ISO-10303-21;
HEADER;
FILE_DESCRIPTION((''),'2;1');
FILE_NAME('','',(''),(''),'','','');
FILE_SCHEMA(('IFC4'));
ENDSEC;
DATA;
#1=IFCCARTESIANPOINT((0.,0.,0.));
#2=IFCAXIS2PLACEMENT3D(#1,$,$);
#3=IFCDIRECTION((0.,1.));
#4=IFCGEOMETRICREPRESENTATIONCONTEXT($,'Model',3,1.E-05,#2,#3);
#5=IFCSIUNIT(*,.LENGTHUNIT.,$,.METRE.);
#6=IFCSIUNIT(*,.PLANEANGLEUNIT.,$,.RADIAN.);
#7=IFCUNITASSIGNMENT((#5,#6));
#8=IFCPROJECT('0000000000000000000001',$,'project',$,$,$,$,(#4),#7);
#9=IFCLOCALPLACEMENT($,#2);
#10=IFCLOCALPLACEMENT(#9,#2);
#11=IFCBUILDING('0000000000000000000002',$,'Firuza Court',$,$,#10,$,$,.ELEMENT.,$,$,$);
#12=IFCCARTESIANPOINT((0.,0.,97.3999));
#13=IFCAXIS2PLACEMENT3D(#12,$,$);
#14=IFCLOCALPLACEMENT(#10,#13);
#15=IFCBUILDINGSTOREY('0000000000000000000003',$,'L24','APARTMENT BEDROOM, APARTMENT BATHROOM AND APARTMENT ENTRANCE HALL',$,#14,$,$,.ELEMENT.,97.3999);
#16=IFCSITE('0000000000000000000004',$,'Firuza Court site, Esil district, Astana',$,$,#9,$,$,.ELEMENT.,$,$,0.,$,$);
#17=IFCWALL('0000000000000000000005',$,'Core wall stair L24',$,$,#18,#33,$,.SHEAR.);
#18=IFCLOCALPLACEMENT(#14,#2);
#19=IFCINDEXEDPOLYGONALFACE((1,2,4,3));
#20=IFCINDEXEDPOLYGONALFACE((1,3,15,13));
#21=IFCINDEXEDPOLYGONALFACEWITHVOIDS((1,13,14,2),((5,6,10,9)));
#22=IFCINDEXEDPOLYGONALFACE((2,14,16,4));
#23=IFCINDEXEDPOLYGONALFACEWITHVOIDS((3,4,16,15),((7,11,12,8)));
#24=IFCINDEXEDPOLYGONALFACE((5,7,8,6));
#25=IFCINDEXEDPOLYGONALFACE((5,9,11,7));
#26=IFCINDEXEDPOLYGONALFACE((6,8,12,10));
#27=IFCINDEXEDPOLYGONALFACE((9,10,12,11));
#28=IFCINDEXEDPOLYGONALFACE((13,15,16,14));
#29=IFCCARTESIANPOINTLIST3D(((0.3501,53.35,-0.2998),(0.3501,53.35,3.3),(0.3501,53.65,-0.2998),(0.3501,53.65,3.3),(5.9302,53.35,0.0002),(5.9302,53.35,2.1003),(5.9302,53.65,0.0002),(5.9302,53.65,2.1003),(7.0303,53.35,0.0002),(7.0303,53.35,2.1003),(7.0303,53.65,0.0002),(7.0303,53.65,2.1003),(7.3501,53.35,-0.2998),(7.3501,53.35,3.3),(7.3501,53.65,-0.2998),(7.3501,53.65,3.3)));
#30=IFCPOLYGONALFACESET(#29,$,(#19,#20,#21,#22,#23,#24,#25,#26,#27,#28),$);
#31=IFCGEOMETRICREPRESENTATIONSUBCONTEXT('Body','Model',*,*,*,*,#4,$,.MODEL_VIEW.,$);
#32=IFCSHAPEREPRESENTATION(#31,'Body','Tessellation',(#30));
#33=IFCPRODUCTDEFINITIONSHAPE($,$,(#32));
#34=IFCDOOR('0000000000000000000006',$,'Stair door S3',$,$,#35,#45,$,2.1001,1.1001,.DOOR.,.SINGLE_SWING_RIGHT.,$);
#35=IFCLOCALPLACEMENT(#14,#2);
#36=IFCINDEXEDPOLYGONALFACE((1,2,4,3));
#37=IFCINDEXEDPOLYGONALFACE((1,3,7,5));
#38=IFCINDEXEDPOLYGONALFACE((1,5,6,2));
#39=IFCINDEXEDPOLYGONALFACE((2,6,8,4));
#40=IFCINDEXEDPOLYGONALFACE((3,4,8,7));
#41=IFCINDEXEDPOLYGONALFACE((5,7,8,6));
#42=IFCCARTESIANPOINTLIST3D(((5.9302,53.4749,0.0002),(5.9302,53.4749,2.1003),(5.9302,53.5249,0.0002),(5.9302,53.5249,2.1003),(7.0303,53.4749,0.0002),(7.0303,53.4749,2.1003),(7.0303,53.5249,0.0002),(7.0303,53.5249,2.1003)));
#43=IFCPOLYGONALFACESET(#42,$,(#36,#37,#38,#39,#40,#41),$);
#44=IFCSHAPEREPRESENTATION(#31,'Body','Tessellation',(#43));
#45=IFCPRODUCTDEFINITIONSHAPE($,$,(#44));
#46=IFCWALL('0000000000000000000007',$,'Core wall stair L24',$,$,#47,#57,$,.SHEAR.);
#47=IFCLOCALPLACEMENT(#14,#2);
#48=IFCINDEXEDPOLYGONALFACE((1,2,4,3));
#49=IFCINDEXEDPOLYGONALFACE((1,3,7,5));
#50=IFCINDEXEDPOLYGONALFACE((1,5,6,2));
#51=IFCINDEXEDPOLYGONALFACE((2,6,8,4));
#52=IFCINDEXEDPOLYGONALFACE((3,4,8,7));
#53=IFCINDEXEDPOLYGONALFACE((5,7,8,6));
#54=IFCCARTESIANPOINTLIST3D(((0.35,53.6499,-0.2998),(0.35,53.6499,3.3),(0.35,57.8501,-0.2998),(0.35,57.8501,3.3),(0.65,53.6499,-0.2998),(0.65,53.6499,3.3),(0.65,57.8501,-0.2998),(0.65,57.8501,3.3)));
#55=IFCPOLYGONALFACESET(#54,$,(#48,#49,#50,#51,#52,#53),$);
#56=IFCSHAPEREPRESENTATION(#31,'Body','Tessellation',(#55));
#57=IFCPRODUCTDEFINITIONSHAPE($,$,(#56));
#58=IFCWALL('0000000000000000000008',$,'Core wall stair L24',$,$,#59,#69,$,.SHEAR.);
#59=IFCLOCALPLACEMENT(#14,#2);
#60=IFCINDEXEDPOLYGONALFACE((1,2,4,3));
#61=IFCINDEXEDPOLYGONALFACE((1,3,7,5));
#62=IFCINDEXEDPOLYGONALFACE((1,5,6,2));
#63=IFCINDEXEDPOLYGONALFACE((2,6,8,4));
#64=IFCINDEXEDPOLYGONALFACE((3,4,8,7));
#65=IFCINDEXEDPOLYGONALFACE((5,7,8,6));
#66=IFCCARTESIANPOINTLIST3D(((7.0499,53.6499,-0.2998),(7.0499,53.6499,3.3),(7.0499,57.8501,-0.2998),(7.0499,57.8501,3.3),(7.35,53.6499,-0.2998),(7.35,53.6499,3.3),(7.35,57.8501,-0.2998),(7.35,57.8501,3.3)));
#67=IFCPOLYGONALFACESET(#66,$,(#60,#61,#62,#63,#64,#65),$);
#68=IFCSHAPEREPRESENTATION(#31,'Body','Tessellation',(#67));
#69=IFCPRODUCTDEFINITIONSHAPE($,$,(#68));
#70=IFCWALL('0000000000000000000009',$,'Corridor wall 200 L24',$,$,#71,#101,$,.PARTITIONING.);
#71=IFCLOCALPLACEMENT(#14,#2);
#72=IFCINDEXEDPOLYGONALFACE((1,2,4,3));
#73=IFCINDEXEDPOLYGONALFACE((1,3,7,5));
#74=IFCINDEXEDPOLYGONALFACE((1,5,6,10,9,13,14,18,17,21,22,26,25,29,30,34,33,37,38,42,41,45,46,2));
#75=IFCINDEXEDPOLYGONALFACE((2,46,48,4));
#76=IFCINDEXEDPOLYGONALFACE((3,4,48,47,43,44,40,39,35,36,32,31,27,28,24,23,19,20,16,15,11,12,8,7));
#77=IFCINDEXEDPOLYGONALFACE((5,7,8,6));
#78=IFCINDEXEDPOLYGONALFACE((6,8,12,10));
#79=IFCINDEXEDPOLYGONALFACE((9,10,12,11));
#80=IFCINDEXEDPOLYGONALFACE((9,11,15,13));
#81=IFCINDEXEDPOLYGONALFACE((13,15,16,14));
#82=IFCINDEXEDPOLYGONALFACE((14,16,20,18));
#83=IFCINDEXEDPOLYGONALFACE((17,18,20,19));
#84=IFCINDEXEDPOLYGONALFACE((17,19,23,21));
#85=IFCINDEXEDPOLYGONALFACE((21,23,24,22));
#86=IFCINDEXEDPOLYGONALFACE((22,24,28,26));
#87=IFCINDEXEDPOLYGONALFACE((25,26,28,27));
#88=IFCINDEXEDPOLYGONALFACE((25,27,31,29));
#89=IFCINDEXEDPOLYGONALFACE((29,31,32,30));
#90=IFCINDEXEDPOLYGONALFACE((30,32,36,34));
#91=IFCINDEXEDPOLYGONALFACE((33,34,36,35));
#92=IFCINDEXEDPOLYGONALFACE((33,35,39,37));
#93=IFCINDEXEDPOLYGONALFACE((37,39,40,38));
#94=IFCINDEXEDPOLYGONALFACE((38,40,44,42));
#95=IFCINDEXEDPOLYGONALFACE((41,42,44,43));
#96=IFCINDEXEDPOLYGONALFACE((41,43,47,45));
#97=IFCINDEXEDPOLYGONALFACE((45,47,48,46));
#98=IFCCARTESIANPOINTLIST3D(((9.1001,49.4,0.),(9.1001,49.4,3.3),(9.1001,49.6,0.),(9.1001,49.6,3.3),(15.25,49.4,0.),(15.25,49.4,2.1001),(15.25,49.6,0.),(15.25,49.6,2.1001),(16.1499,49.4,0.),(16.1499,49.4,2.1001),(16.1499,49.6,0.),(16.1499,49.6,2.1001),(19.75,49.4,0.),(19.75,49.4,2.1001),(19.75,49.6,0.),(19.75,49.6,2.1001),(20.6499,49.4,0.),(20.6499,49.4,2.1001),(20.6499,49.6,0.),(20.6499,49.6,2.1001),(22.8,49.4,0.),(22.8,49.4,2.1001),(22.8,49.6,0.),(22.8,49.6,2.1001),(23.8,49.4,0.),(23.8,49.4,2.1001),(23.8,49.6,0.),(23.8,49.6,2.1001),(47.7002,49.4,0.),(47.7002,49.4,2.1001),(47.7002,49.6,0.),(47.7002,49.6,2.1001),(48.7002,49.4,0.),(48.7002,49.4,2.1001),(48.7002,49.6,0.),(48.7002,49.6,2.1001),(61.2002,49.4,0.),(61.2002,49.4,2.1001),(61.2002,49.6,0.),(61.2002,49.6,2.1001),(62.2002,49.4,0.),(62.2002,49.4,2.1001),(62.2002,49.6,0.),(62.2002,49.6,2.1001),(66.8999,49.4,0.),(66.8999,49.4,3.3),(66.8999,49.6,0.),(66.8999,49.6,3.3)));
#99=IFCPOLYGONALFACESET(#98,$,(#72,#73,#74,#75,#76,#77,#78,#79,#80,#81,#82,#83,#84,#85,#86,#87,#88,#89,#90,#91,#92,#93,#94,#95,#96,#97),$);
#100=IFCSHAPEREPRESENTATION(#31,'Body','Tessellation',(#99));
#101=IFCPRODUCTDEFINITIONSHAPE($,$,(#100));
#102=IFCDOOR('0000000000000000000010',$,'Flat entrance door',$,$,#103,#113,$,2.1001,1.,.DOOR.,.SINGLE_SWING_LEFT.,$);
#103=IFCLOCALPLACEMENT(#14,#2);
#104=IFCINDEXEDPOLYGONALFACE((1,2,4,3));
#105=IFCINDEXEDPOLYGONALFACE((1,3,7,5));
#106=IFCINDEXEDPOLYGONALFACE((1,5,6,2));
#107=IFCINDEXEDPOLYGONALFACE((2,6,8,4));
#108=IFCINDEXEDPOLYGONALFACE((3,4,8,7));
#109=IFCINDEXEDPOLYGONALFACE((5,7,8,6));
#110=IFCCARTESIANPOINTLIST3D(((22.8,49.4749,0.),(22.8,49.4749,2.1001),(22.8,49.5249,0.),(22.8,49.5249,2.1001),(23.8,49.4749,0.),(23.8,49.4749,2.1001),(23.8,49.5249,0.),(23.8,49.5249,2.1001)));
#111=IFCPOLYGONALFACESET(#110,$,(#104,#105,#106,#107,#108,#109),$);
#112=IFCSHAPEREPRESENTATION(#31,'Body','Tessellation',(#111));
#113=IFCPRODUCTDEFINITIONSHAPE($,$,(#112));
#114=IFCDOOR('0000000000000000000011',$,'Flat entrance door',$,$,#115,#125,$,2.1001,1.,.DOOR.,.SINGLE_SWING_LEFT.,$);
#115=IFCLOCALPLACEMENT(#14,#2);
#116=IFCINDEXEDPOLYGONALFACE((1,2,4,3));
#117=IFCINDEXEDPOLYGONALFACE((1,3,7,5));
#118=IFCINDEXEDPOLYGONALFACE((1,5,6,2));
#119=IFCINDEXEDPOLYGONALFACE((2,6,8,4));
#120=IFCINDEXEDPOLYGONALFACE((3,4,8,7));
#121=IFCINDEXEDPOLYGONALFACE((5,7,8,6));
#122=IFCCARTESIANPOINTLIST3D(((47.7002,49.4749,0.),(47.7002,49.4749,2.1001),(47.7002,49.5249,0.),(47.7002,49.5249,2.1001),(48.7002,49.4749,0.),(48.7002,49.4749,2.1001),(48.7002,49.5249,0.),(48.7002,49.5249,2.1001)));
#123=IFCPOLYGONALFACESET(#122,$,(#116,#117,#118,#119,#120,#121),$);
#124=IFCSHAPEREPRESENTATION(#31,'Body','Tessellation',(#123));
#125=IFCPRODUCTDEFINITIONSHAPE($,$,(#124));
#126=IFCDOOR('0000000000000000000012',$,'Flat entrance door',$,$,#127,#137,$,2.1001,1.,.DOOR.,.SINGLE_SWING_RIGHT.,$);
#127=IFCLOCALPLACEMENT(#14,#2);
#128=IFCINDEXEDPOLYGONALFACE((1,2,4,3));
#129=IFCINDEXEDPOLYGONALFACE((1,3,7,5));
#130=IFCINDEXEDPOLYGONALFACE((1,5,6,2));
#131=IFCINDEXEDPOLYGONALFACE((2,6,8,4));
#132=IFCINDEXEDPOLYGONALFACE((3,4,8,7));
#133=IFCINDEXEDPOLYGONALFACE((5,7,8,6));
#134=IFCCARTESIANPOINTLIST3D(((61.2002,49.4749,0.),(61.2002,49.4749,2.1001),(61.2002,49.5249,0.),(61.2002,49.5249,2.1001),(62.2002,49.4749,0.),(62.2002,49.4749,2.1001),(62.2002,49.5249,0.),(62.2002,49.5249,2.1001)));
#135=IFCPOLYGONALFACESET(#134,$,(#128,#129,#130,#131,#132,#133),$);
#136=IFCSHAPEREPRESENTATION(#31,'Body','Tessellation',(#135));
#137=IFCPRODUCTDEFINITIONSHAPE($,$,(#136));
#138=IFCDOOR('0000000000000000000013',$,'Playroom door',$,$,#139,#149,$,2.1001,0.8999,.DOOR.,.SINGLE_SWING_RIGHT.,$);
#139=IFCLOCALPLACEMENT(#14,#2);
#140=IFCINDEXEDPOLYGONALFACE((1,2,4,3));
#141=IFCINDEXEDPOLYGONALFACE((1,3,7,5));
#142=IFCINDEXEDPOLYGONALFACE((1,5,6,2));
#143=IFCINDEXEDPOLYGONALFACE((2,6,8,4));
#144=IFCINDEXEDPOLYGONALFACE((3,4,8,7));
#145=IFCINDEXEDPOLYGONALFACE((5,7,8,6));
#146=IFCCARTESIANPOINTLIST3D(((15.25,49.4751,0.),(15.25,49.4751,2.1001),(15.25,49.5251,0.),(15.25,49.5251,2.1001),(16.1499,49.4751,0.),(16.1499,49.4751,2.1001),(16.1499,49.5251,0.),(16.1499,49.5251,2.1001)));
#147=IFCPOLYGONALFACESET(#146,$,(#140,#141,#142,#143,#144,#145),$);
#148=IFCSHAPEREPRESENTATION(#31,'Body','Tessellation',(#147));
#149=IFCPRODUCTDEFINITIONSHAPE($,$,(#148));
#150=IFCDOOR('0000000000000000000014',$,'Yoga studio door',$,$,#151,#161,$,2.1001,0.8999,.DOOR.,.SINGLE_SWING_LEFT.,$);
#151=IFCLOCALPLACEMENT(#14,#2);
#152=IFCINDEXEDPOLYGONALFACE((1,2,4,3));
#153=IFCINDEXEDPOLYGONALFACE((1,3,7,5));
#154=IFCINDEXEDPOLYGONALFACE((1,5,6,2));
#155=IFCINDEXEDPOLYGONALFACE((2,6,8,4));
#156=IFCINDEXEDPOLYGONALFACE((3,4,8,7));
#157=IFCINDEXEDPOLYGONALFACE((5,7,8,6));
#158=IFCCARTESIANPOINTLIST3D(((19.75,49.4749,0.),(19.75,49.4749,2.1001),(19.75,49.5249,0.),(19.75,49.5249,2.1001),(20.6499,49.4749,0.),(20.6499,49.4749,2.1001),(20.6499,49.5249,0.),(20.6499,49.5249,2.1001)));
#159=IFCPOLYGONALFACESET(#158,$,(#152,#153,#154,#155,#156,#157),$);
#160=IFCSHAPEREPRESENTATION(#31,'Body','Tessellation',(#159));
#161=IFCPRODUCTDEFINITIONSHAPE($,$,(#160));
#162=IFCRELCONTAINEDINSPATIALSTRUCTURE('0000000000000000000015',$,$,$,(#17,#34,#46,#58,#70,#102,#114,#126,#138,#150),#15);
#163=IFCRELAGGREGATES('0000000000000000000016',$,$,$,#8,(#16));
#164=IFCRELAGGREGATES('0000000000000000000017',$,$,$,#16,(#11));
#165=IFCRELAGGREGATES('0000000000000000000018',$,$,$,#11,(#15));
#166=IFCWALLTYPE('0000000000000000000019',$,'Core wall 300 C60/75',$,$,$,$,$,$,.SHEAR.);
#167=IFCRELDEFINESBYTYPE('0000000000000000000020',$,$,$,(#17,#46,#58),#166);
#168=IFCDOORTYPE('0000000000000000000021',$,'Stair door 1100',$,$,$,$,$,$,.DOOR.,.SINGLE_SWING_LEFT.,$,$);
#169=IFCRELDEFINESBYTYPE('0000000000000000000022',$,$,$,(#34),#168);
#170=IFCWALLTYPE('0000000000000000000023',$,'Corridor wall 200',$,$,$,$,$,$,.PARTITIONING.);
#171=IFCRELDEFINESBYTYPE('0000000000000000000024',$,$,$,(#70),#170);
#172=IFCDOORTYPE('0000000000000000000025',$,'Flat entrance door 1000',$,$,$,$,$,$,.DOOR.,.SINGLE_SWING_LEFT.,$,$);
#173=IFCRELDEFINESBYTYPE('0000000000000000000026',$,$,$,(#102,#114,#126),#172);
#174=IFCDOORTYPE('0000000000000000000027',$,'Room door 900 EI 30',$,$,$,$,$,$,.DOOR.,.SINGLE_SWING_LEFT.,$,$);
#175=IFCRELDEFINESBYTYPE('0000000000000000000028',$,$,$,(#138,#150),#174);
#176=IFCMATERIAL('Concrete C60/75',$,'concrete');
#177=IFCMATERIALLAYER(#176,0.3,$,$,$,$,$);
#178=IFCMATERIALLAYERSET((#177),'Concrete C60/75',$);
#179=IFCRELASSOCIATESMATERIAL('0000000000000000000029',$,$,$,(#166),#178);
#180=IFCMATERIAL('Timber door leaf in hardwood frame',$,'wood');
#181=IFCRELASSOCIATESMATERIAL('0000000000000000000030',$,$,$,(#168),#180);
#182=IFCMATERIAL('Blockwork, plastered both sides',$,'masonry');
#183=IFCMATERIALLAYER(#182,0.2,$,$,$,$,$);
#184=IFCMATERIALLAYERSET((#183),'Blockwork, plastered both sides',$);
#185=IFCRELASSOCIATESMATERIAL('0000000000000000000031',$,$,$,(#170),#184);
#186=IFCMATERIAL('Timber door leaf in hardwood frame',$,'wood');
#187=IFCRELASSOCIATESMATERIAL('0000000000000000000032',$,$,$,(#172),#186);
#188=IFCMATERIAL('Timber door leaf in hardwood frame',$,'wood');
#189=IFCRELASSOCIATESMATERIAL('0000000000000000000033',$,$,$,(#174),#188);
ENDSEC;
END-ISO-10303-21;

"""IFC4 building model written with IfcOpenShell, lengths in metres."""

from ifc_helpers import new_model, si_unit, direction, frame, frame_2d, origin, place, context, subcontext, project, spatial, rectangle, extrude, material, layer, layer_set, type_object, element, fill, save


model = new_model("IFC4")

# Units and contexts
model_context = context("Model", 3, precision=1e-05, world=origin(), true_north=direction((0.0, 1.0)))
body_context = subcontext(model_context, "Body", "Model", "MODEL_VIEW")
ifc_project = project(units=[si_unit("LENGTHUNIT", "METRE"), si_unit("PLANEANGLEUNIT", "RADIAN")], contexts=[model_context])

# Site, building, storey
site_placement = place(None, origin())
site = spatial("IfcSite", under=ifc_project, at=site_placement, Name="Firuza Court site, Esil district, Astana", CompositionType="ELEMENT", RefElevation=0.0)
building_placement = place(site_placement, origin())
building = spatial("IfcBuilding", under=site, at=building_placement, Name="Firuza Court", CompositionType="ELEMENT")
storey_placement = place(building_placement, frame((0.0, 0.0, 97.3999)))
storey = spatial("IfcBuildingStorey", under=building, at=storey_placement, Name="L24", Description="APARTMENT BEDROOM, APARTMENT BATHROOM AND APARTMENT ENTRANCE HALL", CompositionType="ELEMENT", Elevation=97.3999)

# Wall, opening, door
ifc_material_1 = material(Name="Concrete C60/75", Category="concrete")
ifc_layer_1 = layer(ifc_material_1, 0.3)
ifc_layer_set_1 = layer_set([ifc_layer_1], Name="Concrete C60/75")
wall_type_1 = type_object("IfcWallType", Name="Core wall 300 C60/75", PredefinedType="SHEAR", material=ifc_layer_set_1)
wall_1_placement = place(storey_placement, frame((0.3501, 53.5, -0.2998), z_axis=(0.0, 0.0, 1.0), x_axis=(1.0, 0.0, 0.0)))
wall_1 = element("IfcWall", 1, at=wall_1_placement, inside=storey, type_object=wall_type_1, Name="Core wall stair L24", PredefinedType="SHEAR", context=body_context, shape_type="SweptSolid", body=[
    extrude(rectangle(XDim=7.0, YDim=0.3, at=frame_2d((3.5, 0.0))), origin(), (0.0, 0.0, 1.0), 3.5999),
])
opening_1_placement = place(wall_1_placement, frame((5.5801, 0.0, 0.3)))
opening_1 = element("IfcOpeningElement", 2, at=opening_1_placement, cuts=wall_1, PredefinedType="OPENING", context=body_context, shape_type="SweptSolid", body=[
    extrude(rectangle(XDim=1.1001, YDim=2.1001, at=frame_2d((0.55, 1.05))), frame((0.0, 0.1621, 0.0), z_axis=(0.0, -1.0, 0.0), x_axis=(1.0, 0.0, 0.0)), (0.0, 0.0, 1.0), 0.324),
])
ifc_material_2 = material(Name="Timber door leaf in hardwood frame", Category="wood")
door_type_1 = type_object("IfcDoorType", Name="Stair door 1100", OperationType="SINGLE_SWING_LEFT", PredefinedType="DOOR", material=ifc_material_2)
door_1_placement = place(opening_1_placement, origin())
door_1 = element("IfcDoor", 3, at=door_1_placement, inside=storey, type_object=door_type_1, Name="Stair door S3", OperationType="SINGLE_SWING_RIGHT", OverallHeight=2.1001, OverallWidth=1.1001, PredefinedType="DOOR", context=body_context, shape_type="SweptSolid", body=[
    extrude(rectangle(XDim=1.1001, YDim=2.1001, at=frame_2d((0.55, 1.05))), frame((0.0, 0.0249, 0.0), z_axis=(0.0, -1.0, 0.0), x_axis=(1.0, 0.0, 0.0)), (0.0, 0.0, 1.0), 0.05),
])
fill(opening_1, door_1)

# Walls
for number, where, z_axis, x_axis, name in (
    (4, (0.5, 53.6499, -0.2998), (0.0, 0.0, 1.0), (0.0, 1.0, 0.0), "Core wall stair L24"),
    (5, (7.2, 53.6499, -0.2998), (0.0, 0.0, 1.0), (0.0, 1.0, 0.0), "Core wall stair L24"),
):
    element("IfcWall", number, at=place(storey_placement, frame(where, z_axis=z_axis, x_axis=x_axis)), inside=storey, type_object=wall_type_1, Name=name, PredefinedType="SHEAR", context=body_context, shape_type="SweptSolid", body=[
        extrude(rectangle(XDim=4.2002, YDim=0.3, at=frame_2d((2.1001, 0.0))), origin(), (0.0, 0.0, 1.0), 3.5999),
    ])

# Wall, openings, doors
ifc_material_3 = material(Name="Blockwork, plastered both sides", Category="masonry")
ifc_layer_2 = layer(ifc_material_3, 0.2)
ifc_layer_set_2 = layer_set([ifc_layer_2], Name="Blockwork, plastered both sides")
wall_type_2 = type_object("IfcWallType", Name="Corridor wall 200", PredefinedType="PARTITIONING", material=ifc_layer_set_2)
wall_2_placement = place(storey_placement, frame((9.1001, 49.5, 0.0), z_axis=(0.0, 0.0, 1.0), x_axis=(1.0, 0.0, 0.0)))
wall_2 = element("IfcWall", 6, at=wall_2_placement, inside=storey, type_object=wall_type_2, Name="Corridor wall 200 L24", PredefinedType="PARTITIONING", context=body_context, shape_type="SweptSolid", body=[
    extrude(rectangle(XDim=57.7998, YDim=0.2, at=frame_2d((28.8999, 0.0))), origin(), (0.0, 0.0, 1.0), 3.3),
])
opening_2_placement = place(wall_2_placement, frame((13.7, 0.0, 0.0)))
opening_2 = element("IfcOpeningElement", 7, at=opening_2_placement, cuts=wall_2, PredefinedType="OPENING", context=body_context, shape_type="SweptSolid", body=[
    extrude(rectangle(XDim=1.0, YDim=2.1001, at=frame_2d((0.5, 1.05))), frame((0.0, 0.1118, 0.0), z_axis=(0.0, -1.0, 0.0), x_axis=(1.0, 0.0, 0.0)), (0.0, 0.0, 1.0), 0.2239),
])
opening_3_placement = place(wall_2_placement, frame((38.6001, 0.0, 0.0)))
opening_3 = element("IfcOpeningElement", 8, at=opening_3_placement, cuts=wall_2, PredefinedType="OPENING", context=body_context, shape_type="SweptSolid", body=[
    extrude(rectangle(XDim=1.0, YDim=2.1001, at=frame_2d((0.5, 1.05))), frame((0.0, 0.1118, 0.0), z_axis=(0.0, -1.0, 0.0), x_axis=(1.0, 0.0, 0.0)), (0.0, 0.0, 1.0), 0.2239),
])
opening_4_placement = place(wall_2_placement, frame((52.1001, 0.0, 0.0)))
opening_4 = element("IfcOpeningElement", 9, at=opening_4_placement, cuts=wall_2, PredefinedType="OPENING", context=body_context, shape_type="SweptSolid", body=[
    extrude(rectangle(XDim=1.0, YDim=2.1001, at=frame_2d((0.5, 1.05))), frame((0.0, 0.1118, 0.0), z_axis=(0.0, -1.0, 0.0), x_axis=(1.0, 0.0, 0.0)), (0.0, 0.0, 1.0), 0.2239),
])
opening_5_placement = place(wall_2_placement, frame((6.1499, 0.0, 0.0)))
opening_5 = element("IfcOpeningElement", 10, at=opening_5_placement, cuts=wall_2, PredefinedType="OPENING", context=body_context, shape_type="SweptSolid", body=[
    extrude(rectangle(XDim=0.8999, YDim=2.1001, at=frame_2d((0.45, 1.05))), frame((0.0, 0.1118, 0.0), z_axis=(0.0, -1.0, 0.0), x_axis=(1.0, 0.0, 0.0)), (0.0, 0.0, 1.0), 0.2239),
])
opening_6_placement = place(wall_2_placement, frame((10.6499, 0.0, 0.0)))
opening_6 = element("IfcOpeningElement", 11, at=opening_6_placement, cuts=wall_2, PredefinedType="OPENING", context=body_context, shape_type="SweptSolid", body=[
    extrude(rectangle(XDim=0.8999, YDim=2.1001, at=frame_2d((0.45, 1.05))), frame((0.0, 0.1118, 0.0), z_axis=(0.0, -1.0, 0.0), x_axis=(1.0, 0.0, 0.0)), (0.0, 0.0, 1.0), 0.2239),
])
ifc_material_4 = material(Name="Timber door leaf in hardwood frame", Category="wood")
door_type_2 = type_object("IfcDoorType", Name="Flat entrance door 1000", OperationType="SINGLE_SWING_LEFT", PredefinedType="DOOR", material=ifc_material_4)
door_2_placement = place(opening_2_placement, origin())
door_2 = element("IfcDoor", 12, at=door_2_placement, inside=storey, type_object=door_type_2, Name="Flat entrance door", OperationType="SINGLE_SWING_LEFT", OverallHeight=2.1001, OverallWidth=1.0, PredefinedType="DOOR", context=body_context, shape_type="SweptSolid", body=[
    extrude(rectangle(XDim=1.0, YDim=2.1001, at=frame_2d((0.5, 1.05))), frame((0.0, 0.0249, 0.0), z_axis=(0.0, -1.0, 0.0), x_axis=(1.0, 0.0, 0.0)), (0.0, 0.0, 1.0), 0.05),
])
fill(opening_2, door_2)
door_3_placement = place(opening_3_placement, origin())
door_3 = element("IfcDoor", 13, at=door_3_placement, inside=storey, type_object=door_type_2, Name="Flat entrance door", OperationType="SINGLE_SWING_LEFT", OverallHeight=2.1001, OverallWidth=1.0, PredefinedType="DOOR", context=body_context, shape_type="SweptSolid", body=[
    extrude(rectangle(XDim=1.0, YDim=2.1001, at=frame_2d((0.5, 1.05))), frame((0.0, 0.0249, 0.0), z_axis=(0.0, -1.0, 0.0), x_axis=(1.0, 0.0, 0.0)), (0.0, 0.0, 1.0), 0.05),
])
fill(opening_3, door_3)
door_4_placement = place(opening_4_placement, origin())
door_4 = element("IfcDoor", 14, at=door_4_placement, inside=storey, type_object=door_type_2, Name="Flat entrance door", OperationType="SINGLE_SWING_RIGHT", OverallHeight=2.1001, OverallWidth=1.0, PredefinedType="DOOR", context=body_context, shape_type="SweptSolid", body=[
    extrude(rectangle(XDim=1.0, YDim=2.1001, at=frame_2d((0.5, 1.05))), frame((0.0, 0.0249, 0.0), z_axis=(0.0, -1.0, 0.0), x_axis=(1.0, 0.0, 0.0)), (0.0, 0.0, 1.0), 0.05),
])
fill(opening_4, door_4)
ifc_material_5 = material(Name="Timber door leaf in hardwood frame", Category="wood")
door_type_3 = type_object("IfcDoorType", Name="Room door 900 EI 30", OperationType="SINGLE_SWING_LEFT", PredefinedType="DOOR", material=ifc_material_5)
door_5_placement = place(opening_5_placement, frame((0.8999, 0.0, 0.0), z_axis=(0.0, 0.0, 1.0), x_axis=(-1.0, 0.0, 0.0)))
door_5 = element("IfcDoor", 15, at=door_5_placement, inside=storey, type_object=door_type_3, Name="Playroom door", OperationType="SINGLE_SWING_RIGHT", OverallHeight=2.1001, OverallWidth=0.8999, PredefinedType="DOOR", context=body_context, shape_type="SweptSolid", body=[
    extrude(rectangle(XDim=0.8999, YDim=2.1001, at=frame_2d((0.45, 1.05))), frame((0.0, 0.0249, 0.0), z_axis=(0.0, -1.0, 0.0), x_axis=(1.0, 0.0, 0.0)), (0.0, 0.0, 1.0), 0.05),
])
fill(opening_5, door_5)
door_6_placement = place(opening_6_placement, origin())
door_6 = element("IfcDoor", 16, at=door_6_placement, inside=storey, type_object=door_type_3, Name="Yoga studio door", OperationType="SINGLE_SWING_LEFT", OverallHeight=2.1001, OverallWidth=0.8999, PredefinedType="DOOR", context=body_context, shape_type="SweptSolid", body=[
    extrude(rectangle(XDim=0.8999, YDim=2.1001, at=frame_2d((0.45, 1.05))), frame((0.0, 0.0249, 0.0), z_axis=(0.0, -1.0, 0.0), x_axis=(1.0, 0.0, 0.0)), (0.0, 0.0, 1.0), 0.05),
])
fill(opening_6, door_6)

save(model, "model.ifc")
